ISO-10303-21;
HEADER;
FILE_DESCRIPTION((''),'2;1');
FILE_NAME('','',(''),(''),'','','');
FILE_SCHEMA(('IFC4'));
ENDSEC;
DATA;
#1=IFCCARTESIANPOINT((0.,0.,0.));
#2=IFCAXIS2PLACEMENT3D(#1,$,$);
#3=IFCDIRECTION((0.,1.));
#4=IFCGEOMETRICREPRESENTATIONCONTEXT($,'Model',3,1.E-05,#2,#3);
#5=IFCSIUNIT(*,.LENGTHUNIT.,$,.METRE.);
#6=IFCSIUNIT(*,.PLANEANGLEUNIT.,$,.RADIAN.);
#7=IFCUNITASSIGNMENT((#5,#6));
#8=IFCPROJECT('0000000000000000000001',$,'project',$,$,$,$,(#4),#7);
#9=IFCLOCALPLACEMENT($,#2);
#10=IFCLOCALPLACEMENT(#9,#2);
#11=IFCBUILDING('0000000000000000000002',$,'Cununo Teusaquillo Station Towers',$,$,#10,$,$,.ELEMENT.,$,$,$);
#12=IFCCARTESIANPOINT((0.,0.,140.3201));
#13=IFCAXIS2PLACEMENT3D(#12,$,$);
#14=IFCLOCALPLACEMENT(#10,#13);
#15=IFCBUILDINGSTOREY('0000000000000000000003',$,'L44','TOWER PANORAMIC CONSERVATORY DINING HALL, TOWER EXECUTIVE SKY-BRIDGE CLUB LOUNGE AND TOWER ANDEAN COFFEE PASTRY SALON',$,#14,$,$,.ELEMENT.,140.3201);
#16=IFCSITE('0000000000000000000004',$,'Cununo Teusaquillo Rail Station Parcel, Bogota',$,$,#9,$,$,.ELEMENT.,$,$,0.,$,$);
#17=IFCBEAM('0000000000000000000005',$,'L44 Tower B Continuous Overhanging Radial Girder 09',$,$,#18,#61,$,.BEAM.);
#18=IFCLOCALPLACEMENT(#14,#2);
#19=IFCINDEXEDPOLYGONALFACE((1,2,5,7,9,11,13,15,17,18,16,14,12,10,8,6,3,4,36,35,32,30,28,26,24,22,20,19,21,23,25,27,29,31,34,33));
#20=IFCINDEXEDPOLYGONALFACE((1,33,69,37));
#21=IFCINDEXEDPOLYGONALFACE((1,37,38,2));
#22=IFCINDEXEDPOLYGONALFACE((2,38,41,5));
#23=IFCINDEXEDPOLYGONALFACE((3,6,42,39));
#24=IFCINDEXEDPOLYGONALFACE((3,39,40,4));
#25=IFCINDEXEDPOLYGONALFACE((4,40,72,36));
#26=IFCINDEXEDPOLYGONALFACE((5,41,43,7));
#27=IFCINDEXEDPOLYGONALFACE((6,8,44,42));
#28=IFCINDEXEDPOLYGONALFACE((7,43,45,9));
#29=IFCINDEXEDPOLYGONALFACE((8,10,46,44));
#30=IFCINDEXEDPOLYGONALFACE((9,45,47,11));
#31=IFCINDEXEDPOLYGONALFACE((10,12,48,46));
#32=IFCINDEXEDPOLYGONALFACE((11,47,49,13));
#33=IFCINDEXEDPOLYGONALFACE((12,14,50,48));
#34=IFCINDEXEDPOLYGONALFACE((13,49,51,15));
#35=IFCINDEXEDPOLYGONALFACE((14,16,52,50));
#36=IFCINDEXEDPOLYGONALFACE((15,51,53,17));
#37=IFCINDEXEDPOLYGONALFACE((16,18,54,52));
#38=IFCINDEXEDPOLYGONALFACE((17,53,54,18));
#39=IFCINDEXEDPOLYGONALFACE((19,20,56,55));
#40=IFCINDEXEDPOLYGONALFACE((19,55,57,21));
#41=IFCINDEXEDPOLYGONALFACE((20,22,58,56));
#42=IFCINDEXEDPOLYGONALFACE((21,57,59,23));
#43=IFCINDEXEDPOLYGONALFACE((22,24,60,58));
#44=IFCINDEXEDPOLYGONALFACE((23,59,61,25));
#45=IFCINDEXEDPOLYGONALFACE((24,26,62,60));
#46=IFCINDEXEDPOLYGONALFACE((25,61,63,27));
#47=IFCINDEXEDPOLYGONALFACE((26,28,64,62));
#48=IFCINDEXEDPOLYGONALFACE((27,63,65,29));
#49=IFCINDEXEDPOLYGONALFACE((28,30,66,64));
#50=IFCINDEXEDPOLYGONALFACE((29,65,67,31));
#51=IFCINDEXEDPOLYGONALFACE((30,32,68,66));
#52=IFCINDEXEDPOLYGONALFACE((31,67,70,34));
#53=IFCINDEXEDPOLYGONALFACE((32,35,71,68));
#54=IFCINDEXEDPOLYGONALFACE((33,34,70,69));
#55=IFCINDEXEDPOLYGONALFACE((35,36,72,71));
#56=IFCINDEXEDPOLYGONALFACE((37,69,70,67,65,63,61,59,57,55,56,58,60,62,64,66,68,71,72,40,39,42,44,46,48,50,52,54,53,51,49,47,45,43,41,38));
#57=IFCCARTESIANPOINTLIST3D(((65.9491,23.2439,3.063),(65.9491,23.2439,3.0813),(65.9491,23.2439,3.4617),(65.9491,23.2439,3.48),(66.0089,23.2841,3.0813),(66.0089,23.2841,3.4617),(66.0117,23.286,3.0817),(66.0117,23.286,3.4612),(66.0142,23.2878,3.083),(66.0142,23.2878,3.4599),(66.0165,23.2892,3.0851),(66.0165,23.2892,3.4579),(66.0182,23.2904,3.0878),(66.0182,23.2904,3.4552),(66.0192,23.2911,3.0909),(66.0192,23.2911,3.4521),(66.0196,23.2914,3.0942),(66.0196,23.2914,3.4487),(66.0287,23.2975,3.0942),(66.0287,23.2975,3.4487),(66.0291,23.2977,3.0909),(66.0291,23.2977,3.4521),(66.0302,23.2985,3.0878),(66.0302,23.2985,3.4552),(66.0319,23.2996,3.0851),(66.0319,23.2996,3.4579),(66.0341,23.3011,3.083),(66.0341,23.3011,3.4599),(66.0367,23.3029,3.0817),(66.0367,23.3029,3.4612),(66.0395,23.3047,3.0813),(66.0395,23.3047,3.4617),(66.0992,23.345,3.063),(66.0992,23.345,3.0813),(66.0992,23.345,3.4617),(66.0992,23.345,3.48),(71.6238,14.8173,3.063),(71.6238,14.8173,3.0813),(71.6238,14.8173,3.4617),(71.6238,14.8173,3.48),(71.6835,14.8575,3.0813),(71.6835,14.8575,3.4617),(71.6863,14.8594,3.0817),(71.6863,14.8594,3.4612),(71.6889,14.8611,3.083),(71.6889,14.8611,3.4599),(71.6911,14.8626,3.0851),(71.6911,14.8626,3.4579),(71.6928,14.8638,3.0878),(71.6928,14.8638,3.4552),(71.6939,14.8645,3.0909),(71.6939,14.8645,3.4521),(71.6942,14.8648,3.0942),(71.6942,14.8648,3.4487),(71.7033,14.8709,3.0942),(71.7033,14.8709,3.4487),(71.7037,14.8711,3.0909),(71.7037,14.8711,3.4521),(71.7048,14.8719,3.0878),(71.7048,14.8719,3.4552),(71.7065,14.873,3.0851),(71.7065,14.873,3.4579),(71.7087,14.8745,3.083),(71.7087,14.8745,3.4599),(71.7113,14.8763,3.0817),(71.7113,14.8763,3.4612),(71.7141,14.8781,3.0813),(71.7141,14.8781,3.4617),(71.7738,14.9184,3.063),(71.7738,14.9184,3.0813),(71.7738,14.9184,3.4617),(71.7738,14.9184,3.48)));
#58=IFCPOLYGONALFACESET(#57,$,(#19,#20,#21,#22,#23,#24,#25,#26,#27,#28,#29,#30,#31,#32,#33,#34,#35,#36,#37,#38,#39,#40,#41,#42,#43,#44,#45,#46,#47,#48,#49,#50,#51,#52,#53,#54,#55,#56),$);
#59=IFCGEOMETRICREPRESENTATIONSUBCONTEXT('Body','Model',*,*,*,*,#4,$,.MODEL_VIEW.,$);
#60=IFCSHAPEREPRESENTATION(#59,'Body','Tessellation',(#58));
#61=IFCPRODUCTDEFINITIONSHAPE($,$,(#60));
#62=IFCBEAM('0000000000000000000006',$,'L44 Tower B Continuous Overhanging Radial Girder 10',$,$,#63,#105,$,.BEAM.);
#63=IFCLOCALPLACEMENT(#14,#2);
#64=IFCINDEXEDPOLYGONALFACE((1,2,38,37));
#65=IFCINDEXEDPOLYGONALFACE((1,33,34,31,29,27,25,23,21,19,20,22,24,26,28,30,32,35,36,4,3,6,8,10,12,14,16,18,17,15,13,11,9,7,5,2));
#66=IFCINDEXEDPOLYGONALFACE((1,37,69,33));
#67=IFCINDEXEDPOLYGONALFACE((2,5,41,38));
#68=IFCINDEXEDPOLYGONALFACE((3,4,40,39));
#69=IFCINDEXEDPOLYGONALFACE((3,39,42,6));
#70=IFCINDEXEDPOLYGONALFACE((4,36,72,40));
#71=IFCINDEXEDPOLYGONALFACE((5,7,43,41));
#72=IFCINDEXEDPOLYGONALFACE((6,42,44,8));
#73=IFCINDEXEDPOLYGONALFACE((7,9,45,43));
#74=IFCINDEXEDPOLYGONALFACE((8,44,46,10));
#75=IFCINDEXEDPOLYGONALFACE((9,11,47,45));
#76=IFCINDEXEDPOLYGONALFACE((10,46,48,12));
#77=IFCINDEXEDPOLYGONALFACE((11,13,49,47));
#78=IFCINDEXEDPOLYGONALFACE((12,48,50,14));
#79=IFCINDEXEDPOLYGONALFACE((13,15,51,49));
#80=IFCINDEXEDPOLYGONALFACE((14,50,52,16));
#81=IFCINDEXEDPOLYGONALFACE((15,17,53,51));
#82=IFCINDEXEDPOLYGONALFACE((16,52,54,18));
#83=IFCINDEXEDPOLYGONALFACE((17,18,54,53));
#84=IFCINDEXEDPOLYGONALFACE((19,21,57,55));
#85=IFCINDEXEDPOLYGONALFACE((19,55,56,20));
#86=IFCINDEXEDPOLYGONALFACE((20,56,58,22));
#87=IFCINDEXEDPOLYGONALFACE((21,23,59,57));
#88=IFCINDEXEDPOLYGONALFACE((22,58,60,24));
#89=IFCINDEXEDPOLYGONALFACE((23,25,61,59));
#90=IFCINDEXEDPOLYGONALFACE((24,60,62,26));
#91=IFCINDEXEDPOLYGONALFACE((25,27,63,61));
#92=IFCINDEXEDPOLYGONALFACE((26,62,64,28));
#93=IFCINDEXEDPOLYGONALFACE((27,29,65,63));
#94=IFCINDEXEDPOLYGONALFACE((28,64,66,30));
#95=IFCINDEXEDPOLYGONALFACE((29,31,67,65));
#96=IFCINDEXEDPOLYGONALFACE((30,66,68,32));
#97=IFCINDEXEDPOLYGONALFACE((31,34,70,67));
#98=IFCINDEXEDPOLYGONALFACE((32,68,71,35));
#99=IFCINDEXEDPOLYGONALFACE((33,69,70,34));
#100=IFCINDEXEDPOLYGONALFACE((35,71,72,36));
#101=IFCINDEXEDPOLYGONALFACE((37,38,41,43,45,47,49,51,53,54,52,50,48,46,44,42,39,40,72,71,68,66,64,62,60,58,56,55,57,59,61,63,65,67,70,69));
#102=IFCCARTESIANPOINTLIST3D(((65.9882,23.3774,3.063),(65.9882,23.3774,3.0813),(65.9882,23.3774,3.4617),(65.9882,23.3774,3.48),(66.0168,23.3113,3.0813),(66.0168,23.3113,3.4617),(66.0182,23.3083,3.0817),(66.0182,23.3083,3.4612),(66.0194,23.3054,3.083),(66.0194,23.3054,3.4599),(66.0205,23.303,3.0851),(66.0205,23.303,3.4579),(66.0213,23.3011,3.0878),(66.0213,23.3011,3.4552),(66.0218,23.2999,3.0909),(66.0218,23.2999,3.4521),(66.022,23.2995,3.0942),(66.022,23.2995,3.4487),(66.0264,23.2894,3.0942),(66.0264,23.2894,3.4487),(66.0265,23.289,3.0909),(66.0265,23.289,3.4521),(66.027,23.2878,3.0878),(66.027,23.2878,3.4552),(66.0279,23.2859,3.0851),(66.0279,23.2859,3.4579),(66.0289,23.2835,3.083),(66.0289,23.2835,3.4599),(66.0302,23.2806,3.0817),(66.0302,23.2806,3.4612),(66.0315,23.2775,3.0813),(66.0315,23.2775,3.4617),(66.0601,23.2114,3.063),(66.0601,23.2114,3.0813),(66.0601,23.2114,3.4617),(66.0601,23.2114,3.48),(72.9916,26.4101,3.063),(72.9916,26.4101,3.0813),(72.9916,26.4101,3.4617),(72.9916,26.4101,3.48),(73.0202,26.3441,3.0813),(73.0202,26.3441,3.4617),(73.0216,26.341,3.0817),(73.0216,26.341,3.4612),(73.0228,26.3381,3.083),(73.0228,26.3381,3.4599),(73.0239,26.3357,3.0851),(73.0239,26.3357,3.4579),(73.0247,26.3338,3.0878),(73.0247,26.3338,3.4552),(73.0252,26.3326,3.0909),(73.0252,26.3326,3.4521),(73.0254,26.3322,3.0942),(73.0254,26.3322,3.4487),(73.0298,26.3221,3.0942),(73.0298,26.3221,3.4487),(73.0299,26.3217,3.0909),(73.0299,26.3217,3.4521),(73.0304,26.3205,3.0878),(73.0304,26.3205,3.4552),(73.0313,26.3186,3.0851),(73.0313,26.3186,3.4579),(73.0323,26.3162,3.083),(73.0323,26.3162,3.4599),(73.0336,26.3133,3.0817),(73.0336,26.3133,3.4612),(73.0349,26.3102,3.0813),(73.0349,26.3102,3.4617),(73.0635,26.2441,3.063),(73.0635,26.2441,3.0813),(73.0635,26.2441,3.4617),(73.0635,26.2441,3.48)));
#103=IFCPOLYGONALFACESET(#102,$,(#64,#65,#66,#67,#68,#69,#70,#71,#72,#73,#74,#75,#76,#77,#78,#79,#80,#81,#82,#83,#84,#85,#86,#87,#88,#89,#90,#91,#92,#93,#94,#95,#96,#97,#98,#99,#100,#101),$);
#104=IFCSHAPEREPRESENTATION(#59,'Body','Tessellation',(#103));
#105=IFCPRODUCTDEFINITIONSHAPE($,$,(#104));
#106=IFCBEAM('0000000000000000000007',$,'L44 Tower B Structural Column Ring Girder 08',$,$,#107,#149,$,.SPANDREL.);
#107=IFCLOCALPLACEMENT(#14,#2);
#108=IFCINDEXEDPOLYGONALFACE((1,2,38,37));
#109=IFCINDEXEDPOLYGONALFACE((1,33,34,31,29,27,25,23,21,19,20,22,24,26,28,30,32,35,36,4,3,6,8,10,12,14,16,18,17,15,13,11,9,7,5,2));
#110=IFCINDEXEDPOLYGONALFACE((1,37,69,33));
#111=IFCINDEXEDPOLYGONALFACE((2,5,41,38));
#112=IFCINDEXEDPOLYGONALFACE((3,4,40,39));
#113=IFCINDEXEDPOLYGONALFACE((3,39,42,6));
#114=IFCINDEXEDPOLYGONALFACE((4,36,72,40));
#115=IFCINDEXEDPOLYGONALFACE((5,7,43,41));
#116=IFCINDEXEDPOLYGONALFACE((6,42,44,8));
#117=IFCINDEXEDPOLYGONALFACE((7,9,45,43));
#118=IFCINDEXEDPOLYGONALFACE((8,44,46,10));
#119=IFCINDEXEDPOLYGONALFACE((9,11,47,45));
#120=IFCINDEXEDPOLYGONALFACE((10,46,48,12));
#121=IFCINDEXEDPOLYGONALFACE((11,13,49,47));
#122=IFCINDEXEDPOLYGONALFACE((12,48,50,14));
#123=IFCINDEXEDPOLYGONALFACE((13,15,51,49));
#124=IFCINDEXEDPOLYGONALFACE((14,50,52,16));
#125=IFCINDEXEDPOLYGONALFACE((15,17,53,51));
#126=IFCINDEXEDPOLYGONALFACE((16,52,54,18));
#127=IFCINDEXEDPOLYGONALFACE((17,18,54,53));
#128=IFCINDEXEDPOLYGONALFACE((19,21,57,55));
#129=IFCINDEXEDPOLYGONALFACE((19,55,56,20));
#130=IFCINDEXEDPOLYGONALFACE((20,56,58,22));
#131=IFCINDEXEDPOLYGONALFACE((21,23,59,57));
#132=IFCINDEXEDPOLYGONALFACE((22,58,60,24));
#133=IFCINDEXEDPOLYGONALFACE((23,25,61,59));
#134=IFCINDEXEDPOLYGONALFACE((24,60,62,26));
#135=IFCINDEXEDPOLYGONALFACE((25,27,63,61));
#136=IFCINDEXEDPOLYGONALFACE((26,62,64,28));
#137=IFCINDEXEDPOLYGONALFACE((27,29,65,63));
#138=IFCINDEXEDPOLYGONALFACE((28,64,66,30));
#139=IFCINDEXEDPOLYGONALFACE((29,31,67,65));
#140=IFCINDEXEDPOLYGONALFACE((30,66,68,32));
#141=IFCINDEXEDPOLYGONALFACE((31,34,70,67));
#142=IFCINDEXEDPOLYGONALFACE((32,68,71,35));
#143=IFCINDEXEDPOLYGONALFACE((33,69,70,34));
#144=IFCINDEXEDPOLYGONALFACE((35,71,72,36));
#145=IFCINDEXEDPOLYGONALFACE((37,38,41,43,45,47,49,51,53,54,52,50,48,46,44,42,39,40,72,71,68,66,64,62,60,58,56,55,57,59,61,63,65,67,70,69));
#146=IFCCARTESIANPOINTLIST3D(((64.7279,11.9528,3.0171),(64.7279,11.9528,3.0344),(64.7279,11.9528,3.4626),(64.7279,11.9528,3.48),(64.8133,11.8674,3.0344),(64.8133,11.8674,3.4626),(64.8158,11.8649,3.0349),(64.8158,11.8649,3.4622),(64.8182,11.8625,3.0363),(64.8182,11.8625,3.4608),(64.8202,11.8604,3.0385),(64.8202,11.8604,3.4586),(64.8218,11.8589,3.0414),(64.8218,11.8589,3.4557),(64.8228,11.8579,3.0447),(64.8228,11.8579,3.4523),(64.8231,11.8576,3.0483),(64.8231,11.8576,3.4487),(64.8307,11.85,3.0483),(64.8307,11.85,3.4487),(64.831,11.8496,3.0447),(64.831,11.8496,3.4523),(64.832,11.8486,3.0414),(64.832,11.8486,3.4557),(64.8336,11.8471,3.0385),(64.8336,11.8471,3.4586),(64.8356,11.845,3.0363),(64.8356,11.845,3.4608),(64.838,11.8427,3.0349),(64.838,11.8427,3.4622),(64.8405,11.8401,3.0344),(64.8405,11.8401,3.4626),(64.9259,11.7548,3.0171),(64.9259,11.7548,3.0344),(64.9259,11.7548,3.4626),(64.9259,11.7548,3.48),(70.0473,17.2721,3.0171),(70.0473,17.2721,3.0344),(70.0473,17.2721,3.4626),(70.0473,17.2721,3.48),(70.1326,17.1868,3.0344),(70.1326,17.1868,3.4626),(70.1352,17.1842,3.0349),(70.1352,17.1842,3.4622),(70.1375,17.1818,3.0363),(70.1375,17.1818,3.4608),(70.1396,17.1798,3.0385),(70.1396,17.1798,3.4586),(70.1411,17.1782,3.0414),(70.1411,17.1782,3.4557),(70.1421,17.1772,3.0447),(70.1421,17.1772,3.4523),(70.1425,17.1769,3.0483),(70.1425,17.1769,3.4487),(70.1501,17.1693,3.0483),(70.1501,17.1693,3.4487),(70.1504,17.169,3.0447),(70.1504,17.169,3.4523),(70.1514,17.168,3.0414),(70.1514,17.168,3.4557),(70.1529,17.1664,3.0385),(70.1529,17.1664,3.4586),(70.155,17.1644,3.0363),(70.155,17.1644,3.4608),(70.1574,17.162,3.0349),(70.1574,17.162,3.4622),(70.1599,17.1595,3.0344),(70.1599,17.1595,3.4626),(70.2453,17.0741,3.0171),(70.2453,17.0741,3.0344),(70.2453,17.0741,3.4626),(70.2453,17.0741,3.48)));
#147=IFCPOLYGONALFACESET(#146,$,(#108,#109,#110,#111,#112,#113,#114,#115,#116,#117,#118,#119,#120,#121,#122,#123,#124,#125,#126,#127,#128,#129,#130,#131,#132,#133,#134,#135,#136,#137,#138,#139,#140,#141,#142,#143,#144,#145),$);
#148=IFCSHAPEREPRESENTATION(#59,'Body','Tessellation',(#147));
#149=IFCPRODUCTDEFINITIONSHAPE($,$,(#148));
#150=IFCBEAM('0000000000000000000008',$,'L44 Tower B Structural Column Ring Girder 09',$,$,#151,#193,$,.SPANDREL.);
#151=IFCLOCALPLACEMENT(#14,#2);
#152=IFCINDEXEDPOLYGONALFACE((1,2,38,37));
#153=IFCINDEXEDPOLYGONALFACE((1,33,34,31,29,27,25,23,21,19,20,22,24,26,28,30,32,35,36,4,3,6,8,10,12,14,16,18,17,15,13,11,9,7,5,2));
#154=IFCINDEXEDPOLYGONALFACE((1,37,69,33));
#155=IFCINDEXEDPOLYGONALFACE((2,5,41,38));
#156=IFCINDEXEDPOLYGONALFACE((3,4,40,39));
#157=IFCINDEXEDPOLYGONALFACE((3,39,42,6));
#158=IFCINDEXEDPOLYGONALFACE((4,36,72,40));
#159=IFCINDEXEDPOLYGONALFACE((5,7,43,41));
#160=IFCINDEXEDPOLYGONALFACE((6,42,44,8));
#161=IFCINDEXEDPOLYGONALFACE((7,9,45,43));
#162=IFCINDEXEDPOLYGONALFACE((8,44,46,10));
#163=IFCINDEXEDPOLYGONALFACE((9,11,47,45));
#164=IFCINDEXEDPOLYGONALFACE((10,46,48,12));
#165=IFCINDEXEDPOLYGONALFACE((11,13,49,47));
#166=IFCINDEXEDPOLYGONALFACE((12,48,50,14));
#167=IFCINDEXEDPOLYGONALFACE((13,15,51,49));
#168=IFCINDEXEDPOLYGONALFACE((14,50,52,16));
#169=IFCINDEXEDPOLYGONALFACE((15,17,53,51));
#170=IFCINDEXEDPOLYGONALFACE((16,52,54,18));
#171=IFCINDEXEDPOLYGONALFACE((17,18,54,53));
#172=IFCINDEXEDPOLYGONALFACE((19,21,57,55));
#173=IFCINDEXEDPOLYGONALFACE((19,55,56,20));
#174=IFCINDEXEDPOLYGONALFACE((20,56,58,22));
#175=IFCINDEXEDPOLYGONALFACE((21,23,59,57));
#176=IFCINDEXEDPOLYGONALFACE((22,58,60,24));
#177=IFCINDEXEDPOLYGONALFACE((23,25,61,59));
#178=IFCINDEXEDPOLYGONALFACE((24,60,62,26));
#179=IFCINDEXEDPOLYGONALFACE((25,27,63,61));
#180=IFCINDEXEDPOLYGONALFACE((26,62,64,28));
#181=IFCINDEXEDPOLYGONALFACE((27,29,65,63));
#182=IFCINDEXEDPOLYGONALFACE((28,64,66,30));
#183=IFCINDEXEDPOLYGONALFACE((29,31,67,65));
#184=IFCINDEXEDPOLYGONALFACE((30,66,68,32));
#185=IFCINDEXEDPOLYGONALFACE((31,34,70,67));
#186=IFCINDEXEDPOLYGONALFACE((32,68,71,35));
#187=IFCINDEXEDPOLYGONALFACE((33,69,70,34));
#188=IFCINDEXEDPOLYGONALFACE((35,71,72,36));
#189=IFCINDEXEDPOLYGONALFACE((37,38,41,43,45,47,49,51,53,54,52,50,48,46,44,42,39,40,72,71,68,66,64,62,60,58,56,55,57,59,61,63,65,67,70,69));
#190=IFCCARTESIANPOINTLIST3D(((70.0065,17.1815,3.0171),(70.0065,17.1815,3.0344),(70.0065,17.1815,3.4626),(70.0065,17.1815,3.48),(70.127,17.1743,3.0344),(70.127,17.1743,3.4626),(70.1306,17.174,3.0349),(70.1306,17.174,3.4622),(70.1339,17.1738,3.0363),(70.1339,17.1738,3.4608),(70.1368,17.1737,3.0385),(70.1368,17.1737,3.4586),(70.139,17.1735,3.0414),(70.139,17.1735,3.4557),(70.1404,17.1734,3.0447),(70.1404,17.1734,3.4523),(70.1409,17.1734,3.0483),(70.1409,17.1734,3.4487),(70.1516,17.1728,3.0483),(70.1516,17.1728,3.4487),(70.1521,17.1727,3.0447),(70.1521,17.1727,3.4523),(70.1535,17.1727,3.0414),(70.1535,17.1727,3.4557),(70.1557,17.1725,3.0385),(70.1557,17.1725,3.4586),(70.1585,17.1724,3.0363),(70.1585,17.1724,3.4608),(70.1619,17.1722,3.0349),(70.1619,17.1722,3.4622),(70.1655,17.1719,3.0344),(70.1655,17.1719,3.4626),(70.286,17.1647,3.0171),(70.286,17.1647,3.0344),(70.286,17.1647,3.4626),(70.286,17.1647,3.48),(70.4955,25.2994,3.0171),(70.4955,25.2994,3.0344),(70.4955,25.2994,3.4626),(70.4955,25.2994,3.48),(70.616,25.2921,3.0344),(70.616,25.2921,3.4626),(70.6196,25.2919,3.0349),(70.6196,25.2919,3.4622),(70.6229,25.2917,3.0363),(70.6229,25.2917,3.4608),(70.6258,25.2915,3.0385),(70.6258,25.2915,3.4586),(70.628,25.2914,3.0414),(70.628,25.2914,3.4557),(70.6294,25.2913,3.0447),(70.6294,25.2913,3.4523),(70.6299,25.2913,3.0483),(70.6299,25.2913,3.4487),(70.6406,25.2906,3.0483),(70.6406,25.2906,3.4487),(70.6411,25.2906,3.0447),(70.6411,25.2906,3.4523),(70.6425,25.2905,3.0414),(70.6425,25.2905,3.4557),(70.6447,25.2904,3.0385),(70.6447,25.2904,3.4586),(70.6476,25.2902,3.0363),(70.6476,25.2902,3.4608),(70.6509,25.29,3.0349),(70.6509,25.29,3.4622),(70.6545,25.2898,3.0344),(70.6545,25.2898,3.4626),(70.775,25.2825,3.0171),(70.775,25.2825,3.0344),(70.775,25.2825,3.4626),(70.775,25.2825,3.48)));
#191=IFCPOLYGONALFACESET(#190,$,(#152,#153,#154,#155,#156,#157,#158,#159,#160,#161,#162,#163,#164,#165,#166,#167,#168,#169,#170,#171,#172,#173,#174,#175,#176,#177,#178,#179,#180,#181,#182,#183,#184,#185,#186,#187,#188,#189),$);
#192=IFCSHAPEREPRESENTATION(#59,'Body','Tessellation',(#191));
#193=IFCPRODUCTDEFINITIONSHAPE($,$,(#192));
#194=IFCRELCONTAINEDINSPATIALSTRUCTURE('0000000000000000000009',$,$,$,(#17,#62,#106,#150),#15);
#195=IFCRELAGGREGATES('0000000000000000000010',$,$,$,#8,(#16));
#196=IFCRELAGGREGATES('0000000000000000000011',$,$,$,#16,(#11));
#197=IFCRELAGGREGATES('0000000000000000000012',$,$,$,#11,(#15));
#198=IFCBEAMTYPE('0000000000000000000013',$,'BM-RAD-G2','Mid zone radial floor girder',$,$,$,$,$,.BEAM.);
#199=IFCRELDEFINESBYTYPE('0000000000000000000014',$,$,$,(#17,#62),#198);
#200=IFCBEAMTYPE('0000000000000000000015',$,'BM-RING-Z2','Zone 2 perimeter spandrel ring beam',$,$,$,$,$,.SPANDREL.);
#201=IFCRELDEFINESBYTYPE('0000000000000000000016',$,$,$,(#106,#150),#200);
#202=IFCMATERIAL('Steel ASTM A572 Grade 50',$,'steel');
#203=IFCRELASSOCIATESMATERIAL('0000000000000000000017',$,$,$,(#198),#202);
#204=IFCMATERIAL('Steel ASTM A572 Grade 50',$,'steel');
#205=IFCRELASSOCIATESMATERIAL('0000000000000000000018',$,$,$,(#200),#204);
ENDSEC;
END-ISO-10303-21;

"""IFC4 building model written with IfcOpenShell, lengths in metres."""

from ifc_helpers import new_model, si_unit, direction, frame, origin, origin_2d, place, context, subcontext, project, spatial, i_section, extrude, material, material_profile, profile_set, type_object, element, save


model = new_model("IFC4")

# Units and contexts
model_context = context("Model", 3, precision=1e-05, world=origin(), true_north=direction((0.0, 1.0)))
body_context = subcontext(model_context, "Body", "Model", "MODEL_VIEW")
ifc_project = project(units=[si_unit("LENGTHUNIT", "METRE"), si_unit("PLANEANGLEUNIT", "RADIAN")], contexts=[model_context])

# Site, building, storey
site_placement = place(None, origin())
site = spatial("IfcSite", under=ifc_project, at=site_placement, Name="Cununo Teusaquillo Rail Station Parcel, Bogota", CompositionType="ELEMENT", RefElevation=0.0)
building_placement = place(site_placement, origin())
building = spatial("IfcBuilding", under=site, at=building_placement, Name="Cununo Teusaquillo Station Towers", CompositionType="ELEMENT")
storey_placement = place(building_placement, frame((0.0, 0.0, 140.3201)))
storey = spatial("IfcBuildingStorey", under=building, at=storey_placement, Name="L44", Description="TOWER PANORAMIC CONSERVATORY DINING HALL, TOWER EXECUTIVE SKY-BRIDGE CLUB LOUNGE AND TOWER ANDEAN COFFEE PASTRY SALON", CompositionType="ELEMENT", Elevation=140.3201)

# Beams
ifc_material_1 = material(Name="Steel ASTM A572 Grade 50", Category="steel")
ifc_material_profile_1 = material_profile(ifc_material_1, i_section(OverallWidth=0.1809, OverallDepth=0.417, WebThickness=0.011, FlangeThickness=0.0183, FilletRadius=0.0129, at=origin_2d()), Name="W16X57")
ifc_profile_set_1 = profile_set([ifc_material_profile_1], Name="Steel ASTM A572 Grade 50")
beam_type_1 = type_object("IfcBeamType", Name="BM-RAD-G2", Description="Mid zone radial floor girder", PredefinedType="BEAM", material=ifc_profile_set_1)
beam_1_placement = place(storey_placement, frame((66.0242, 23.2944, 3.2715), z_axis=(0.558571, -0.829457, 0.0), x_axis=(0.829457, 0.558571, 0.0)))
element("IfcBeam", 1, at=beam_1_placement, inside=storey, type_object=beam_type_1, Name="L44 Tower B Continuous Overhanging Radial Girder 09", PredefinedType="BEAM", context=body_context, shape_type="SweptSolid", body=[
    extrude(i_section(OverallWidth=0.1809, OverallDepth=0.417, WebThickness=0.011, FlangeThickness=0.0183, FilletRadius=0.0129, at=origin_2d()), origin(), (0.0, 0.0, 1.0), 10.1592),
])
beam_2_placement = place(storey_placement, frame((66.0242, 23.2944, 3.2715), z_axis=(0.917656, 0.397376, 0.0), x_axis=(-0.397376, 0.917656, 0.0)))
element("IfcBeam", 2, at=beam_2_placement, inside=storey, type_object=beam_type_1, Name="L44 Tower B Continuous Overhanging Radial Girder 10", PredefinedType="BEAM", context=body_context, shape_type="SweptSolid", body=[
    extrude(i_section(OverallWidth=0.1809, OverallDepth=0.417, WebThickness=0.011, FlangeThickness=0.0183, FilletRadius=0.0129, at=origin_2d()), origin(), (0.0, 0.0, 1.0), 7.6318),
])
ifc_material_2 = material(Name="Steel ASTM A572 Grade 50", Category="steel")
ifc_material_profile_2 = material_profile(ifc_material_2, i_section(OverallWidth=0.28, OverallDepth=0.4629, WebThickness=0.0107, FlangeThickness=0.0173, FilletRadius=0.0139, at=origin_2d()), Name="W18X76")
ifc_profile_set_2 = profile_set([ifc_material_profile_2], Name="Steel ASTM A572 Grade 50")
beam_type_2 = type_object("IfcBeamType", Name="BM-RING-Z2", Description="Zone 2 perimeter spandrel ring beam", PredefinedType="SPANDREL", material=ifc_profile_set_2)
beam_3_placement = place(storey_placement, frame((64.8269, 11.8538, 3.2485), z_axis=(0.707107, 0.707107, 0.0), x_axis=(-0.707107, 0.707107, 0.0)))
element("IfcBeam", 3, at=beam_3_placement, inside=storey, type_object=beam_type_2, Name="L44 Tower B Structural Column Ring Girder 08", PredefinedType="SPANDREL", context=body_context, shape_type="SweptSolid", body=[
    extrude(i_section(OverallWidth=0.28, OverallDepth=0.4629, WebThickness=0.0107, FlangeThickness=0.0173, FilletRadius=0.0139, at=origin_2d()), origin(), (0.0, 0.0, 1.0), 7.5227),
])
beam_4_placement = place(storey_placement, frame((70.1462, 17.1731, 3.2485), z_axis=(0.06013, 0.998191, 0.0), x_axis=(-0.998191, 0.06013, 0.0)))
element("IfcBeam", 4, at=beam_4_placement, inside=storey, type_object=beam_type_2, Name="L44 Tower B Structural Column Ring Girder 09", PredefinedType="SPANDREL", context=body_context, shape_type="SweptSolid", body=[
    extrude(i_section(OverallWidth=0.28, OverallDepth=0.4629, WebThickness=0.0107, FlangeThickness=0.0173, FilletRadius=0.0139, at=origin_2d()), origin(), (0.0, 0.0, 1.0), 8.1326),
])

save(model, "model.ifc")
